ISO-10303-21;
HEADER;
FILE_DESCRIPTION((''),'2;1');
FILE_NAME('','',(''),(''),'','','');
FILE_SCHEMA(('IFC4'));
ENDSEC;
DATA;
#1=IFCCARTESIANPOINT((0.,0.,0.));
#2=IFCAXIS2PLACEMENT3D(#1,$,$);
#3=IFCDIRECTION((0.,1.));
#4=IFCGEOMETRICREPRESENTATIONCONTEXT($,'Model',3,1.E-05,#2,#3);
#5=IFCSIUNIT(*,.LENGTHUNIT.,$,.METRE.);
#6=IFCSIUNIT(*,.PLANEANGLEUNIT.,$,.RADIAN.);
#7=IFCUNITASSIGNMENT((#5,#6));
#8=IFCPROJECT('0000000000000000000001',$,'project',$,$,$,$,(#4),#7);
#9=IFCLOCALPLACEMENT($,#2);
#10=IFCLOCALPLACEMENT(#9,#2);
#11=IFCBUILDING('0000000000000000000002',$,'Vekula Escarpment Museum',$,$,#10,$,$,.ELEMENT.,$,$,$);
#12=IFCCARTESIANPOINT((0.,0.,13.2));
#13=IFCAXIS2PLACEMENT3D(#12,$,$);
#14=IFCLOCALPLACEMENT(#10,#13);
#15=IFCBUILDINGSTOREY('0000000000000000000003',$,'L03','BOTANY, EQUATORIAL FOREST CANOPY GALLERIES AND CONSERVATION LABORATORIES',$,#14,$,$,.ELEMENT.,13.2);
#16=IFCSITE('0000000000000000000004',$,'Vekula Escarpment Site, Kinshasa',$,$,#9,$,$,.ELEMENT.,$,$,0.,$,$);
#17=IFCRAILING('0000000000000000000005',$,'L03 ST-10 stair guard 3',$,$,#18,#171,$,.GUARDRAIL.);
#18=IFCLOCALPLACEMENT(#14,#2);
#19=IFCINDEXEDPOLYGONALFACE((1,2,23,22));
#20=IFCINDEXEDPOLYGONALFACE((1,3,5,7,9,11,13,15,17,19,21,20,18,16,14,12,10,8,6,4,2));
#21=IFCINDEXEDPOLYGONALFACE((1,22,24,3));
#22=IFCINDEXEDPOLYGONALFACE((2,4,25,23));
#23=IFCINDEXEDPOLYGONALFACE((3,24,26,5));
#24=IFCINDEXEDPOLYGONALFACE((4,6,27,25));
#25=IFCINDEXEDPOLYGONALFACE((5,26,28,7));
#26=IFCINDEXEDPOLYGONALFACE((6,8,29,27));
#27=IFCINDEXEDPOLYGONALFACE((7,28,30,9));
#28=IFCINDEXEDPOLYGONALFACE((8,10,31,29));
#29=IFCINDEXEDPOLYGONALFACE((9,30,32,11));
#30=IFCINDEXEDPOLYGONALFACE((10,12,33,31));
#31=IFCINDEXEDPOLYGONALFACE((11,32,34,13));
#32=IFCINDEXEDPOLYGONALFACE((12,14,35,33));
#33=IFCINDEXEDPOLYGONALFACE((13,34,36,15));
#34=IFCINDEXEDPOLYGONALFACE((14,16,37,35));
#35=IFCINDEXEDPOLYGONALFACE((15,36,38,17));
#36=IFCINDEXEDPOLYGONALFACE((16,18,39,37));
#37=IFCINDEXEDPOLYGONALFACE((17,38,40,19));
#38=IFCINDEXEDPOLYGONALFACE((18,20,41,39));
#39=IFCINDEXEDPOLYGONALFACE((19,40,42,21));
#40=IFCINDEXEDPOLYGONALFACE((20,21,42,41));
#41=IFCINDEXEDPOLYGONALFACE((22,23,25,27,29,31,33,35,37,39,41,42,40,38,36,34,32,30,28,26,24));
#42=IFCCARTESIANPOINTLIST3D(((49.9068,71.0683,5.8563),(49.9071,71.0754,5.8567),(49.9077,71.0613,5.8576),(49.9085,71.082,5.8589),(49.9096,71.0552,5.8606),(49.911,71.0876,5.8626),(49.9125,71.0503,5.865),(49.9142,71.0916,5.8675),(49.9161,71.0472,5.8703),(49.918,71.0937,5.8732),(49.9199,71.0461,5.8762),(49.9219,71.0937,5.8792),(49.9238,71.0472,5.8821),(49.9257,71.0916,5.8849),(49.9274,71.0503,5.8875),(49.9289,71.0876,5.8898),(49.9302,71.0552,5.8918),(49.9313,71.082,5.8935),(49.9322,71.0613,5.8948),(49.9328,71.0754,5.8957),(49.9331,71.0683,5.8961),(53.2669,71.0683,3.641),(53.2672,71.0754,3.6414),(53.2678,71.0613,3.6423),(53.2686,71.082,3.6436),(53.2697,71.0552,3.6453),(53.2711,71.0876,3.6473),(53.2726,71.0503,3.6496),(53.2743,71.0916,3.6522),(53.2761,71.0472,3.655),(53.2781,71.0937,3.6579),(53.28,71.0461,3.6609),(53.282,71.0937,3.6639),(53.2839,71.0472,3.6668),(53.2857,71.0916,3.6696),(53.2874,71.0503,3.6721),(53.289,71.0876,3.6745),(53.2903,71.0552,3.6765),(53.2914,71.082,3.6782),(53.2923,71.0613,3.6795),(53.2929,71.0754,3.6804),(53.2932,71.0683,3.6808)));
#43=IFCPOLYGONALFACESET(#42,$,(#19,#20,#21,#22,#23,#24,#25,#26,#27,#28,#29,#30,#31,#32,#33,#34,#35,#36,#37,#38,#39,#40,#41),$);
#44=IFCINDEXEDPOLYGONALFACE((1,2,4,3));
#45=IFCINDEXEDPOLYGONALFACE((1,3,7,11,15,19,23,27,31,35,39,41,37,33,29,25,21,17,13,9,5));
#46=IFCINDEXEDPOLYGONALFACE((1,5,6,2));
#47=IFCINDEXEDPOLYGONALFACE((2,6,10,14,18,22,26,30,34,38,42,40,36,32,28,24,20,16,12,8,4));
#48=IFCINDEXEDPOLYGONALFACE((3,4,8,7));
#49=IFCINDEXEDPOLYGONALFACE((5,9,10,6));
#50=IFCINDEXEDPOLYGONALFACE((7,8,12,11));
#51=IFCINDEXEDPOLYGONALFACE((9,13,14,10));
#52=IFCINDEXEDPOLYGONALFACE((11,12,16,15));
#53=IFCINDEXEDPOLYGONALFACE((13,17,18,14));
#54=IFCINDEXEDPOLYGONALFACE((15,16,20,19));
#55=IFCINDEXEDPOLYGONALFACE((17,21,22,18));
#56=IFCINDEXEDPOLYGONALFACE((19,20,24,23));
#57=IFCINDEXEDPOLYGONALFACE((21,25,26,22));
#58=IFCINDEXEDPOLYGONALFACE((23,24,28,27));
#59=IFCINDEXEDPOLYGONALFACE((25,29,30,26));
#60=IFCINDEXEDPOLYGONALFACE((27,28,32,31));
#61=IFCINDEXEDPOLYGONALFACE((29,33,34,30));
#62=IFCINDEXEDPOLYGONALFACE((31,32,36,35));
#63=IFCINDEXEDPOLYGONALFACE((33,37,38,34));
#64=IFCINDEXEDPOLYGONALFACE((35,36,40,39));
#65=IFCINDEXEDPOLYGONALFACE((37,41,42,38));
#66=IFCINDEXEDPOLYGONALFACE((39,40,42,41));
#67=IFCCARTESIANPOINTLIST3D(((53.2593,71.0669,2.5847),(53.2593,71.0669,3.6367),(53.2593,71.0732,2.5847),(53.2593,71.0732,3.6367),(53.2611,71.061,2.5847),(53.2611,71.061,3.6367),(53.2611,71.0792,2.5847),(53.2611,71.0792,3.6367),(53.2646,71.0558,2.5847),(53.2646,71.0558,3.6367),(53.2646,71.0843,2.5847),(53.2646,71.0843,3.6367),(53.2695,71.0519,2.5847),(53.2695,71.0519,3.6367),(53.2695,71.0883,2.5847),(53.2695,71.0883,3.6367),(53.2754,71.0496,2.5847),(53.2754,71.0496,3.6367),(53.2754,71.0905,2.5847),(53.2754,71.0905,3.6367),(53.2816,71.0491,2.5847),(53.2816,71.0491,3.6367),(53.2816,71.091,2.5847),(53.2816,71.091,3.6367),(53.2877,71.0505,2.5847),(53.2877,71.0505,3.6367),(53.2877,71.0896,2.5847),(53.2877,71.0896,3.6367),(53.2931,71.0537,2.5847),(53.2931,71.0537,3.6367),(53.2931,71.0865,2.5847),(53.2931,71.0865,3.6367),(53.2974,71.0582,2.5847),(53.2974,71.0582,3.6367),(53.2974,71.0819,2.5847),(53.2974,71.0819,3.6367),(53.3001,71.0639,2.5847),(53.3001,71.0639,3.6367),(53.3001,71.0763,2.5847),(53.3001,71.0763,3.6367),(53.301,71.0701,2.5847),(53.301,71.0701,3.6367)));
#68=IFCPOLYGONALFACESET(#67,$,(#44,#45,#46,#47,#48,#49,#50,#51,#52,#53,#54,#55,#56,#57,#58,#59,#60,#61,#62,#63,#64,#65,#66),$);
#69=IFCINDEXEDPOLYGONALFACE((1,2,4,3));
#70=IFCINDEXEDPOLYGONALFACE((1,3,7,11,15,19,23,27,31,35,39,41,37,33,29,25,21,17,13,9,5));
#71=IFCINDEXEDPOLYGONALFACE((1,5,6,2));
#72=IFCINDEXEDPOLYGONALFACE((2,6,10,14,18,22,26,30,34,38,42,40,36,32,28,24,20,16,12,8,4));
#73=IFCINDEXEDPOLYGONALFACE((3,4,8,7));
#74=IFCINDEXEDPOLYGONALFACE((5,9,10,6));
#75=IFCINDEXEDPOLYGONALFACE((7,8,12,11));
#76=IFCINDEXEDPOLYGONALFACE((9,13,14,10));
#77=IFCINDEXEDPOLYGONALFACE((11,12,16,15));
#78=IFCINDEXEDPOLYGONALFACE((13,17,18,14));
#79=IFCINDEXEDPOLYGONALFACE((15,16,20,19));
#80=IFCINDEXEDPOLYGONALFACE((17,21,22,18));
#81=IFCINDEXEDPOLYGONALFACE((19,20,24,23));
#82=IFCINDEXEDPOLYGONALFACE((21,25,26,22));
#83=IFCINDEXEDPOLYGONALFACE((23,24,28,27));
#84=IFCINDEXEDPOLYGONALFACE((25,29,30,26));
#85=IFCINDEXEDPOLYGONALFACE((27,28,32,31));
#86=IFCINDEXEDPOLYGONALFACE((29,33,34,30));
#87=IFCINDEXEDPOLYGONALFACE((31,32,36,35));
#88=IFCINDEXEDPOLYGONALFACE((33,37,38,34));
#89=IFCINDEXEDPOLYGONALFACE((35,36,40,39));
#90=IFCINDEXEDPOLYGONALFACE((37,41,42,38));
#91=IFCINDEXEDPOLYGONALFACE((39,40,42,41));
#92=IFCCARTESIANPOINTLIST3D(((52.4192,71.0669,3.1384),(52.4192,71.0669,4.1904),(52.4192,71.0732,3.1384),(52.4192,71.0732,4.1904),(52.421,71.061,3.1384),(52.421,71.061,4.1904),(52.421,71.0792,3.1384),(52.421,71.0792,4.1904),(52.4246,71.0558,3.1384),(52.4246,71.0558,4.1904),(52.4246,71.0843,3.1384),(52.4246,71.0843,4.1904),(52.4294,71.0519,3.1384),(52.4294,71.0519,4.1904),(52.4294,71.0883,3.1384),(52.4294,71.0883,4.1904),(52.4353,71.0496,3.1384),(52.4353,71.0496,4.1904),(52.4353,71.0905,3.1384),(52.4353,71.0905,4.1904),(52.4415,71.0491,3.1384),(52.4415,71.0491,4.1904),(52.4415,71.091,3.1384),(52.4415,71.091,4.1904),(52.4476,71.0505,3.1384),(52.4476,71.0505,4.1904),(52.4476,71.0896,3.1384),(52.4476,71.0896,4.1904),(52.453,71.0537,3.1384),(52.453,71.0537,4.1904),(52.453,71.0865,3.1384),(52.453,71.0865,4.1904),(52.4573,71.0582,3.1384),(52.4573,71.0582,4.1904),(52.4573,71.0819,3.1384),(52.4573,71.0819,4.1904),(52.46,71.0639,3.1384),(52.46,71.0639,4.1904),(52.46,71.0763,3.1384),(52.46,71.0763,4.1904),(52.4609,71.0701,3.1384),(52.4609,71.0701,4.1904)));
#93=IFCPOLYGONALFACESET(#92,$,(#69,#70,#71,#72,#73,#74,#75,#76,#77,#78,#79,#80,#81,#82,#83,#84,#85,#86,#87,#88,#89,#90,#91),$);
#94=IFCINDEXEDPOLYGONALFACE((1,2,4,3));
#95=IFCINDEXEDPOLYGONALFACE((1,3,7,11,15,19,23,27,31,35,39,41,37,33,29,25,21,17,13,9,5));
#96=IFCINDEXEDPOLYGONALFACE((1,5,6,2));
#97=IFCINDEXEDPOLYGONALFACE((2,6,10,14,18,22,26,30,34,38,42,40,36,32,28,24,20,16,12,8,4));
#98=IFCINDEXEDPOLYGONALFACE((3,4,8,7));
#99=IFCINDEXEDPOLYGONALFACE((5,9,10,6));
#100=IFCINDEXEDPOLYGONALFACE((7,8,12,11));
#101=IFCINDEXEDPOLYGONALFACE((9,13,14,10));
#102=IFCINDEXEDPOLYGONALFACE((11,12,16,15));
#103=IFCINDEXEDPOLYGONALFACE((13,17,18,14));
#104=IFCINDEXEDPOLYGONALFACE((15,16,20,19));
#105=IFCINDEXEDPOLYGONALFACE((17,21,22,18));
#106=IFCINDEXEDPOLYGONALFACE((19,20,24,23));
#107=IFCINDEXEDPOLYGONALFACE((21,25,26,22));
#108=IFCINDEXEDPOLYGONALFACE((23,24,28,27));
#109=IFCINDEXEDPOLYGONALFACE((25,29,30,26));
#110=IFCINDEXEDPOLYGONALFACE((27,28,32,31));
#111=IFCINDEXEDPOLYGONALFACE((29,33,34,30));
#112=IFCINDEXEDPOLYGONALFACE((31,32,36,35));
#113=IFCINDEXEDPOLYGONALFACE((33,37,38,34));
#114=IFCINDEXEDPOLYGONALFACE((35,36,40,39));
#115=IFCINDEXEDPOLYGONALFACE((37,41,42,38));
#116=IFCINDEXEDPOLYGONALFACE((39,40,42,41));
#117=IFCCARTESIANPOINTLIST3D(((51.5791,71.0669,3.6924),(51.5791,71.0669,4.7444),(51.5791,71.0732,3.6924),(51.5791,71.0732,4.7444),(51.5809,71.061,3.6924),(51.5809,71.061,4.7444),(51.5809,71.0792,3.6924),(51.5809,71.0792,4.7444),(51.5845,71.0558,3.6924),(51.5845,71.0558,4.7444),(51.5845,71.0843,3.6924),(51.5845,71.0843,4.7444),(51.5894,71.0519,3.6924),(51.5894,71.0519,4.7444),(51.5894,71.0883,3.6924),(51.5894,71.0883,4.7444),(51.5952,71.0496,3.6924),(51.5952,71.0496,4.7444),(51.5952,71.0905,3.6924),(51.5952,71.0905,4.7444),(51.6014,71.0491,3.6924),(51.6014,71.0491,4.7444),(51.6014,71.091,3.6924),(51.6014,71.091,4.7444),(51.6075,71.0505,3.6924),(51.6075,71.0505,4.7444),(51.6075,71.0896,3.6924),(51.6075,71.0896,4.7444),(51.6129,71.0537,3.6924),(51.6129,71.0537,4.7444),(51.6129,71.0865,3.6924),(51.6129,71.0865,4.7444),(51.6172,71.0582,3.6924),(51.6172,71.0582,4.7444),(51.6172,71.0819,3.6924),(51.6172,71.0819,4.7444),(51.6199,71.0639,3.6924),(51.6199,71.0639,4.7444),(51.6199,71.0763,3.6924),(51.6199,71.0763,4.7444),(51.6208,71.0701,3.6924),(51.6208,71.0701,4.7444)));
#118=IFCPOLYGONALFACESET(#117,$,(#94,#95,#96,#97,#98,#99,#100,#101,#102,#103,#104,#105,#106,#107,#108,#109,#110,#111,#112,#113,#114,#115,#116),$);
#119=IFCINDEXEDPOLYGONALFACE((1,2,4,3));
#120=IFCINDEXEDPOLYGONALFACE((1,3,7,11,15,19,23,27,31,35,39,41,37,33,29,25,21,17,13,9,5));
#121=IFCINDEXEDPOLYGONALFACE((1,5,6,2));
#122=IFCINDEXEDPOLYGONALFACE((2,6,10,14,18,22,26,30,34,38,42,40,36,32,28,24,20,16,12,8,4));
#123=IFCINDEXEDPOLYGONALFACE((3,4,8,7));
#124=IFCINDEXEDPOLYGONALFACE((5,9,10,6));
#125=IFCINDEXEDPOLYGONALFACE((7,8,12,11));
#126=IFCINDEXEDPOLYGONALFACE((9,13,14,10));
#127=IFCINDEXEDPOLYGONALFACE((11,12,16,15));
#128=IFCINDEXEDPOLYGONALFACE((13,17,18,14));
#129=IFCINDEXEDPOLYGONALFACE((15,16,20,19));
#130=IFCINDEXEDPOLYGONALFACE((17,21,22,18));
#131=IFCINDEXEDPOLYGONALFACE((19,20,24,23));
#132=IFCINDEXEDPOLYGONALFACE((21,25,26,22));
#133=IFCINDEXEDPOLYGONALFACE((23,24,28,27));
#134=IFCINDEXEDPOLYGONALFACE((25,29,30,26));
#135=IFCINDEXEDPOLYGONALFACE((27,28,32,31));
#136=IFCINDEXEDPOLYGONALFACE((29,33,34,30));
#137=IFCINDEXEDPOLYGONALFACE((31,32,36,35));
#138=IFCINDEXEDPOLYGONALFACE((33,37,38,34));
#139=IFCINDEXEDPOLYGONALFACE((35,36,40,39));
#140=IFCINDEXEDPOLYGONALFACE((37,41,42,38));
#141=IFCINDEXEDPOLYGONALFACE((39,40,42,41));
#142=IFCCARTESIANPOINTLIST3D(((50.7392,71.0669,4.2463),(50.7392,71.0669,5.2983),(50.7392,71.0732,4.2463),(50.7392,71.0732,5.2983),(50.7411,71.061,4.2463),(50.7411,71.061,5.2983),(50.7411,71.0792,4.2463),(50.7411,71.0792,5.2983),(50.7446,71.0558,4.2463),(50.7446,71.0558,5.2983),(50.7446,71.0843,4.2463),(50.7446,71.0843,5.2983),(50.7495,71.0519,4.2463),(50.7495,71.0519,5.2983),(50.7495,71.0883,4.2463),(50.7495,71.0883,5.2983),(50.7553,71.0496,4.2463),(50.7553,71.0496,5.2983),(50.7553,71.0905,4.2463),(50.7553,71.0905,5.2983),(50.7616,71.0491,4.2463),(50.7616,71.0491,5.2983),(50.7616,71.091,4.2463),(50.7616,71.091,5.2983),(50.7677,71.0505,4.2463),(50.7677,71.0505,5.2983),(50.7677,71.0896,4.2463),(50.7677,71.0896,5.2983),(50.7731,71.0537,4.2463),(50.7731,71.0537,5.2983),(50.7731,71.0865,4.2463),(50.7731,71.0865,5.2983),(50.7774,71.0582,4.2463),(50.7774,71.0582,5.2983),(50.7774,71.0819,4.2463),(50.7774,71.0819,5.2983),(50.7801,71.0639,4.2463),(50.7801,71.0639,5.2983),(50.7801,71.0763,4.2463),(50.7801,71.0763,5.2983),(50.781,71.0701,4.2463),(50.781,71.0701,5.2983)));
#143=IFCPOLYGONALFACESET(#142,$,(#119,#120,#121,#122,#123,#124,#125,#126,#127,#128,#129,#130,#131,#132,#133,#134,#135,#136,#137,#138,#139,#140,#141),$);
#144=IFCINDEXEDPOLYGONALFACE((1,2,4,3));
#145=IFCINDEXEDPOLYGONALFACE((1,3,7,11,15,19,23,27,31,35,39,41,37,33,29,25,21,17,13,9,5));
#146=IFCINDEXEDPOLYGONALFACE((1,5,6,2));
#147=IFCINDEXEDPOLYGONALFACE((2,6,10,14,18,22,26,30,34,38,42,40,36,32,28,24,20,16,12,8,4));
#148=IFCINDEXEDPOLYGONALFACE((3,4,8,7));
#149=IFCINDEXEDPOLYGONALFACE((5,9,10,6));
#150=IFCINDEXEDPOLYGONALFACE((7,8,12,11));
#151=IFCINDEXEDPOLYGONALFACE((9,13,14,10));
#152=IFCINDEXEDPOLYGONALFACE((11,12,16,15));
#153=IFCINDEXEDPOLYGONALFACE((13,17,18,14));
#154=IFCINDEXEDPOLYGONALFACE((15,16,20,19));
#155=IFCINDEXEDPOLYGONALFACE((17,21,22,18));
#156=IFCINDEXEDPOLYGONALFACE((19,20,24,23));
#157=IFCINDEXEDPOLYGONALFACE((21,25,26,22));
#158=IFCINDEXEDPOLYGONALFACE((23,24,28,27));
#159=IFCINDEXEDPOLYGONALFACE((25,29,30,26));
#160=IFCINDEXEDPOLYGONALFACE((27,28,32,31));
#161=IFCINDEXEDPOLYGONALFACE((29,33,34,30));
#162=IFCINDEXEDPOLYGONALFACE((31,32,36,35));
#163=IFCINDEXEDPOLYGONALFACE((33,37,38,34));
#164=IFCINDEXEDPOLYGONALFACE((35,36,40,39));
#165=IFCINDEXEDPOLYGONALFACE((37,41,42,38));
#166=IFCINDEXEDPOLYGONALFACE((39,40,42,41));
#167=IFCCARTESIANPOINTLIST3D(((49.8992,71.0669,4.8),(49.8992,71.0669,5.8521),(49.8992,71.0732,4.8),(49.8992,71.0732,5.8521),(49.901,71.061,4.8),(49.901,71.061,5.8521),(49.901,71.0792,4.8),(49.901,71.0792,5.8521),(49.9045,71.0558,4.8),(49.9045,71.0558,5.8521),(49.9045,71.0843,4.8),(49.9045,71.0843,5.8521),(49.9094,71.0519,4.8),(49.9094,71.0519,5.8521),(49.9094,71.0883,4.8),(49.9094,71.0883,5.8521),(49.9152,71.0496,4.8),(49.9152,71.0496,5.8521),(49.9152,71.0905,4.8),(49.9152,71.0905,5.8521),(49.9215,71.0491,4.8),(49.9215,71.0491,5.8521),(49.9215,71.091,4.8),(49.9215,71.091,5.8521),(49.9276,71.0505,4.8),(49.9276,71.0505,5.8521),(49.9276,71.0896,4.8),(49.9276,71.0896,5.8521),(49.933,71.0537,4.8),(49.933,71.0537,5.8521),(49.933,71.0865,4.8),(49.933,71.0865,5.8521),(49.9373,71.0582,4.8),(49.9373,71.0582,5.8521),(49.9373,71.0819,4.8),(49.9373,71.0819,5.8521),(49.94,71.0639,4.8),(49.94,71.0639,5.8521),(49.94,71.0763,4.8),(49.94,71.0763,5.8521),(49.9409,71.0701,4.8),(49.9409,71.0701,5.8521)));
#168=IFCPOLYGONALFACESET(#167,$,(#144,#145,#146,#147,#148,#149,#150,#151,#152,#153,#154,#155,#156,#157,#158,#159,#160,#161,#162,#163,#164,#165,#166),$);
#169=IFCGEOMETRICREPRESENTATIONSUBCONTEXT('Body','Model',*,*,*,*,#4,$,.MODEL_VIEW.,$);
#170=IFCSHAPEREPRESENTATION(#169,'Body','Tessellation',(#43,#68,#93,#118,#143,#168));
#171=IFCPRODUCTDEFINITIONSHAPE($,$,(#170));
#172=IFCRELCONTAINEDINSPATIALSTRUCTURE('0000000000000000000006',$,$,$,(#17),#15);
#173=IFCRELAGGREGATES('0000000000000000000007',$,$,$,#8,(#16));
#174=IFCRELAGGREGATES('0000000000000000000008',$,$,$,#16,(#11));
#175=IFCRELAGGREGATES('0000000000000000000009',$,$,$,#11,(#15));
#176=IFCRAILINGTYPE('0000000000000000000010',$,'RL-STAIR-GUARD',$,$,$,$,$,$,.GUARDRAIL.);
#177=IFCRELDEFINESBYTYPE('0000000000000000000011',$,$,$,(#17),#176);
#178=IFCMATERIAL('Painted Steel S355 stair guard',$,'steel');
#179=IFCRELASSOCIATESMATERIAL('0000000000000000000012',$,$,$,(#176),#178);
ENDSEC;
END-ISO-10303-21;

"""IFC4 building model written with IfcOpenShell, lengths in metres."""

from ifc_helpers import new_model, si_unit, direction, frame, origin, origin_2d, place, context, subcontext, project, spatial, circle, extrude, material, type_object, element, save


model = new_model("IFC4")

# Units and contexts
model_context = context("Model", 3, precision=1e-05, world=origin(), true_north=direction((0.0, 1.0)))
body_context = subcontext(model_context, "Body", "Model", "MODEL_VIEW")
ifc_project = project(units=[si_unit("LENGTHUNIT", "METRE"), si_unit("PLANEANGLEUNIT", "RADIAN")], contexts=[model_context])

# Site, building, storey
site_placement = place(None, origin())
site = spatial("IfcSite", under=ifc_project, at=site_placement, Name="Vekula Escarpment Site, Kinshasa", CompositionType="ELEMENT", RefElevation=0.0)
building_placement = place(site_placement, origin())
building = spatial("IfcBuilding", under=site, at=building_placement, Name="Vekula Escarpment Museum", CompositionType="ELEMENT")
storey_placement = place(building_placement, frame((0.0, 0.0, 13.2)))
storey = spatial("IfcBuildingStorey", under=building, at=storey_placement, Name="L03", Description="BOTANY, EQUATORIAL FOREST CANOPY GALLERIES AND CONSERVATION LABORATORIES", CompositionType="ELEMENT", Elevation=13.2)

# Railing
ifc_material_1 = material(Name="Painted Steel S355 stair guard", Category="steel")
railing_type_1 = type_object("IfcRailingType", Name="RL-STAIR-GUARD", PredefinedType="GUARDRAIL", material=ifc_material_1)
railing_1_placement = place(storey_placement, frame((53.28, 71.0701, 2.5847)))
element("IfcRailing", 1, at=railing_1_placement, inside=storey, type_object=railing_type_1, Name="L03 ST-10 stair guard 3", PredefinedType="GUARDRAIL", context=body_context, shape_type="SweptSolid", body=[
    extrude(circle(Radius=0.0239, at=origin_2d()), frame((0.0, 0.0, 1.0762), z_axis=(-0.834876, 0.0, 0.550437), x_axis=(0.0, -1.0, 0.0)), (0.0, 0.0, 1.0), 4.0247),
    extrude(circle(Radius=0.021, at=origin_2d()), origin(), (0.0, 0.0, 1.0), 1.052),
    extrude(circle(Radius=0.021, at=origin_2d()), frame((-0.8401, 0.0, 0.5537)), (0.0, 0.0, 1.0), 1.052),
    extrude(circle(Radius=0.021, at=origin_2d()), frame((-1.6802, 0.0, 1.1077)), (0.0, 0.0, 1.0), 1.052),
    extrude(circle(Radius=0.021, at=origin_2d()), frame((-2.52, 0.0, 1.6616)), (0.0, 0.0, 1.0), 1.052),
    extrude(circle(Radius=0.021, at=origin_2d()), frame((-3.3601, 0.0, 2.2153)), (0.0, 0.0, 1.0), 1.052),
])

save(model, "model.ifc")
